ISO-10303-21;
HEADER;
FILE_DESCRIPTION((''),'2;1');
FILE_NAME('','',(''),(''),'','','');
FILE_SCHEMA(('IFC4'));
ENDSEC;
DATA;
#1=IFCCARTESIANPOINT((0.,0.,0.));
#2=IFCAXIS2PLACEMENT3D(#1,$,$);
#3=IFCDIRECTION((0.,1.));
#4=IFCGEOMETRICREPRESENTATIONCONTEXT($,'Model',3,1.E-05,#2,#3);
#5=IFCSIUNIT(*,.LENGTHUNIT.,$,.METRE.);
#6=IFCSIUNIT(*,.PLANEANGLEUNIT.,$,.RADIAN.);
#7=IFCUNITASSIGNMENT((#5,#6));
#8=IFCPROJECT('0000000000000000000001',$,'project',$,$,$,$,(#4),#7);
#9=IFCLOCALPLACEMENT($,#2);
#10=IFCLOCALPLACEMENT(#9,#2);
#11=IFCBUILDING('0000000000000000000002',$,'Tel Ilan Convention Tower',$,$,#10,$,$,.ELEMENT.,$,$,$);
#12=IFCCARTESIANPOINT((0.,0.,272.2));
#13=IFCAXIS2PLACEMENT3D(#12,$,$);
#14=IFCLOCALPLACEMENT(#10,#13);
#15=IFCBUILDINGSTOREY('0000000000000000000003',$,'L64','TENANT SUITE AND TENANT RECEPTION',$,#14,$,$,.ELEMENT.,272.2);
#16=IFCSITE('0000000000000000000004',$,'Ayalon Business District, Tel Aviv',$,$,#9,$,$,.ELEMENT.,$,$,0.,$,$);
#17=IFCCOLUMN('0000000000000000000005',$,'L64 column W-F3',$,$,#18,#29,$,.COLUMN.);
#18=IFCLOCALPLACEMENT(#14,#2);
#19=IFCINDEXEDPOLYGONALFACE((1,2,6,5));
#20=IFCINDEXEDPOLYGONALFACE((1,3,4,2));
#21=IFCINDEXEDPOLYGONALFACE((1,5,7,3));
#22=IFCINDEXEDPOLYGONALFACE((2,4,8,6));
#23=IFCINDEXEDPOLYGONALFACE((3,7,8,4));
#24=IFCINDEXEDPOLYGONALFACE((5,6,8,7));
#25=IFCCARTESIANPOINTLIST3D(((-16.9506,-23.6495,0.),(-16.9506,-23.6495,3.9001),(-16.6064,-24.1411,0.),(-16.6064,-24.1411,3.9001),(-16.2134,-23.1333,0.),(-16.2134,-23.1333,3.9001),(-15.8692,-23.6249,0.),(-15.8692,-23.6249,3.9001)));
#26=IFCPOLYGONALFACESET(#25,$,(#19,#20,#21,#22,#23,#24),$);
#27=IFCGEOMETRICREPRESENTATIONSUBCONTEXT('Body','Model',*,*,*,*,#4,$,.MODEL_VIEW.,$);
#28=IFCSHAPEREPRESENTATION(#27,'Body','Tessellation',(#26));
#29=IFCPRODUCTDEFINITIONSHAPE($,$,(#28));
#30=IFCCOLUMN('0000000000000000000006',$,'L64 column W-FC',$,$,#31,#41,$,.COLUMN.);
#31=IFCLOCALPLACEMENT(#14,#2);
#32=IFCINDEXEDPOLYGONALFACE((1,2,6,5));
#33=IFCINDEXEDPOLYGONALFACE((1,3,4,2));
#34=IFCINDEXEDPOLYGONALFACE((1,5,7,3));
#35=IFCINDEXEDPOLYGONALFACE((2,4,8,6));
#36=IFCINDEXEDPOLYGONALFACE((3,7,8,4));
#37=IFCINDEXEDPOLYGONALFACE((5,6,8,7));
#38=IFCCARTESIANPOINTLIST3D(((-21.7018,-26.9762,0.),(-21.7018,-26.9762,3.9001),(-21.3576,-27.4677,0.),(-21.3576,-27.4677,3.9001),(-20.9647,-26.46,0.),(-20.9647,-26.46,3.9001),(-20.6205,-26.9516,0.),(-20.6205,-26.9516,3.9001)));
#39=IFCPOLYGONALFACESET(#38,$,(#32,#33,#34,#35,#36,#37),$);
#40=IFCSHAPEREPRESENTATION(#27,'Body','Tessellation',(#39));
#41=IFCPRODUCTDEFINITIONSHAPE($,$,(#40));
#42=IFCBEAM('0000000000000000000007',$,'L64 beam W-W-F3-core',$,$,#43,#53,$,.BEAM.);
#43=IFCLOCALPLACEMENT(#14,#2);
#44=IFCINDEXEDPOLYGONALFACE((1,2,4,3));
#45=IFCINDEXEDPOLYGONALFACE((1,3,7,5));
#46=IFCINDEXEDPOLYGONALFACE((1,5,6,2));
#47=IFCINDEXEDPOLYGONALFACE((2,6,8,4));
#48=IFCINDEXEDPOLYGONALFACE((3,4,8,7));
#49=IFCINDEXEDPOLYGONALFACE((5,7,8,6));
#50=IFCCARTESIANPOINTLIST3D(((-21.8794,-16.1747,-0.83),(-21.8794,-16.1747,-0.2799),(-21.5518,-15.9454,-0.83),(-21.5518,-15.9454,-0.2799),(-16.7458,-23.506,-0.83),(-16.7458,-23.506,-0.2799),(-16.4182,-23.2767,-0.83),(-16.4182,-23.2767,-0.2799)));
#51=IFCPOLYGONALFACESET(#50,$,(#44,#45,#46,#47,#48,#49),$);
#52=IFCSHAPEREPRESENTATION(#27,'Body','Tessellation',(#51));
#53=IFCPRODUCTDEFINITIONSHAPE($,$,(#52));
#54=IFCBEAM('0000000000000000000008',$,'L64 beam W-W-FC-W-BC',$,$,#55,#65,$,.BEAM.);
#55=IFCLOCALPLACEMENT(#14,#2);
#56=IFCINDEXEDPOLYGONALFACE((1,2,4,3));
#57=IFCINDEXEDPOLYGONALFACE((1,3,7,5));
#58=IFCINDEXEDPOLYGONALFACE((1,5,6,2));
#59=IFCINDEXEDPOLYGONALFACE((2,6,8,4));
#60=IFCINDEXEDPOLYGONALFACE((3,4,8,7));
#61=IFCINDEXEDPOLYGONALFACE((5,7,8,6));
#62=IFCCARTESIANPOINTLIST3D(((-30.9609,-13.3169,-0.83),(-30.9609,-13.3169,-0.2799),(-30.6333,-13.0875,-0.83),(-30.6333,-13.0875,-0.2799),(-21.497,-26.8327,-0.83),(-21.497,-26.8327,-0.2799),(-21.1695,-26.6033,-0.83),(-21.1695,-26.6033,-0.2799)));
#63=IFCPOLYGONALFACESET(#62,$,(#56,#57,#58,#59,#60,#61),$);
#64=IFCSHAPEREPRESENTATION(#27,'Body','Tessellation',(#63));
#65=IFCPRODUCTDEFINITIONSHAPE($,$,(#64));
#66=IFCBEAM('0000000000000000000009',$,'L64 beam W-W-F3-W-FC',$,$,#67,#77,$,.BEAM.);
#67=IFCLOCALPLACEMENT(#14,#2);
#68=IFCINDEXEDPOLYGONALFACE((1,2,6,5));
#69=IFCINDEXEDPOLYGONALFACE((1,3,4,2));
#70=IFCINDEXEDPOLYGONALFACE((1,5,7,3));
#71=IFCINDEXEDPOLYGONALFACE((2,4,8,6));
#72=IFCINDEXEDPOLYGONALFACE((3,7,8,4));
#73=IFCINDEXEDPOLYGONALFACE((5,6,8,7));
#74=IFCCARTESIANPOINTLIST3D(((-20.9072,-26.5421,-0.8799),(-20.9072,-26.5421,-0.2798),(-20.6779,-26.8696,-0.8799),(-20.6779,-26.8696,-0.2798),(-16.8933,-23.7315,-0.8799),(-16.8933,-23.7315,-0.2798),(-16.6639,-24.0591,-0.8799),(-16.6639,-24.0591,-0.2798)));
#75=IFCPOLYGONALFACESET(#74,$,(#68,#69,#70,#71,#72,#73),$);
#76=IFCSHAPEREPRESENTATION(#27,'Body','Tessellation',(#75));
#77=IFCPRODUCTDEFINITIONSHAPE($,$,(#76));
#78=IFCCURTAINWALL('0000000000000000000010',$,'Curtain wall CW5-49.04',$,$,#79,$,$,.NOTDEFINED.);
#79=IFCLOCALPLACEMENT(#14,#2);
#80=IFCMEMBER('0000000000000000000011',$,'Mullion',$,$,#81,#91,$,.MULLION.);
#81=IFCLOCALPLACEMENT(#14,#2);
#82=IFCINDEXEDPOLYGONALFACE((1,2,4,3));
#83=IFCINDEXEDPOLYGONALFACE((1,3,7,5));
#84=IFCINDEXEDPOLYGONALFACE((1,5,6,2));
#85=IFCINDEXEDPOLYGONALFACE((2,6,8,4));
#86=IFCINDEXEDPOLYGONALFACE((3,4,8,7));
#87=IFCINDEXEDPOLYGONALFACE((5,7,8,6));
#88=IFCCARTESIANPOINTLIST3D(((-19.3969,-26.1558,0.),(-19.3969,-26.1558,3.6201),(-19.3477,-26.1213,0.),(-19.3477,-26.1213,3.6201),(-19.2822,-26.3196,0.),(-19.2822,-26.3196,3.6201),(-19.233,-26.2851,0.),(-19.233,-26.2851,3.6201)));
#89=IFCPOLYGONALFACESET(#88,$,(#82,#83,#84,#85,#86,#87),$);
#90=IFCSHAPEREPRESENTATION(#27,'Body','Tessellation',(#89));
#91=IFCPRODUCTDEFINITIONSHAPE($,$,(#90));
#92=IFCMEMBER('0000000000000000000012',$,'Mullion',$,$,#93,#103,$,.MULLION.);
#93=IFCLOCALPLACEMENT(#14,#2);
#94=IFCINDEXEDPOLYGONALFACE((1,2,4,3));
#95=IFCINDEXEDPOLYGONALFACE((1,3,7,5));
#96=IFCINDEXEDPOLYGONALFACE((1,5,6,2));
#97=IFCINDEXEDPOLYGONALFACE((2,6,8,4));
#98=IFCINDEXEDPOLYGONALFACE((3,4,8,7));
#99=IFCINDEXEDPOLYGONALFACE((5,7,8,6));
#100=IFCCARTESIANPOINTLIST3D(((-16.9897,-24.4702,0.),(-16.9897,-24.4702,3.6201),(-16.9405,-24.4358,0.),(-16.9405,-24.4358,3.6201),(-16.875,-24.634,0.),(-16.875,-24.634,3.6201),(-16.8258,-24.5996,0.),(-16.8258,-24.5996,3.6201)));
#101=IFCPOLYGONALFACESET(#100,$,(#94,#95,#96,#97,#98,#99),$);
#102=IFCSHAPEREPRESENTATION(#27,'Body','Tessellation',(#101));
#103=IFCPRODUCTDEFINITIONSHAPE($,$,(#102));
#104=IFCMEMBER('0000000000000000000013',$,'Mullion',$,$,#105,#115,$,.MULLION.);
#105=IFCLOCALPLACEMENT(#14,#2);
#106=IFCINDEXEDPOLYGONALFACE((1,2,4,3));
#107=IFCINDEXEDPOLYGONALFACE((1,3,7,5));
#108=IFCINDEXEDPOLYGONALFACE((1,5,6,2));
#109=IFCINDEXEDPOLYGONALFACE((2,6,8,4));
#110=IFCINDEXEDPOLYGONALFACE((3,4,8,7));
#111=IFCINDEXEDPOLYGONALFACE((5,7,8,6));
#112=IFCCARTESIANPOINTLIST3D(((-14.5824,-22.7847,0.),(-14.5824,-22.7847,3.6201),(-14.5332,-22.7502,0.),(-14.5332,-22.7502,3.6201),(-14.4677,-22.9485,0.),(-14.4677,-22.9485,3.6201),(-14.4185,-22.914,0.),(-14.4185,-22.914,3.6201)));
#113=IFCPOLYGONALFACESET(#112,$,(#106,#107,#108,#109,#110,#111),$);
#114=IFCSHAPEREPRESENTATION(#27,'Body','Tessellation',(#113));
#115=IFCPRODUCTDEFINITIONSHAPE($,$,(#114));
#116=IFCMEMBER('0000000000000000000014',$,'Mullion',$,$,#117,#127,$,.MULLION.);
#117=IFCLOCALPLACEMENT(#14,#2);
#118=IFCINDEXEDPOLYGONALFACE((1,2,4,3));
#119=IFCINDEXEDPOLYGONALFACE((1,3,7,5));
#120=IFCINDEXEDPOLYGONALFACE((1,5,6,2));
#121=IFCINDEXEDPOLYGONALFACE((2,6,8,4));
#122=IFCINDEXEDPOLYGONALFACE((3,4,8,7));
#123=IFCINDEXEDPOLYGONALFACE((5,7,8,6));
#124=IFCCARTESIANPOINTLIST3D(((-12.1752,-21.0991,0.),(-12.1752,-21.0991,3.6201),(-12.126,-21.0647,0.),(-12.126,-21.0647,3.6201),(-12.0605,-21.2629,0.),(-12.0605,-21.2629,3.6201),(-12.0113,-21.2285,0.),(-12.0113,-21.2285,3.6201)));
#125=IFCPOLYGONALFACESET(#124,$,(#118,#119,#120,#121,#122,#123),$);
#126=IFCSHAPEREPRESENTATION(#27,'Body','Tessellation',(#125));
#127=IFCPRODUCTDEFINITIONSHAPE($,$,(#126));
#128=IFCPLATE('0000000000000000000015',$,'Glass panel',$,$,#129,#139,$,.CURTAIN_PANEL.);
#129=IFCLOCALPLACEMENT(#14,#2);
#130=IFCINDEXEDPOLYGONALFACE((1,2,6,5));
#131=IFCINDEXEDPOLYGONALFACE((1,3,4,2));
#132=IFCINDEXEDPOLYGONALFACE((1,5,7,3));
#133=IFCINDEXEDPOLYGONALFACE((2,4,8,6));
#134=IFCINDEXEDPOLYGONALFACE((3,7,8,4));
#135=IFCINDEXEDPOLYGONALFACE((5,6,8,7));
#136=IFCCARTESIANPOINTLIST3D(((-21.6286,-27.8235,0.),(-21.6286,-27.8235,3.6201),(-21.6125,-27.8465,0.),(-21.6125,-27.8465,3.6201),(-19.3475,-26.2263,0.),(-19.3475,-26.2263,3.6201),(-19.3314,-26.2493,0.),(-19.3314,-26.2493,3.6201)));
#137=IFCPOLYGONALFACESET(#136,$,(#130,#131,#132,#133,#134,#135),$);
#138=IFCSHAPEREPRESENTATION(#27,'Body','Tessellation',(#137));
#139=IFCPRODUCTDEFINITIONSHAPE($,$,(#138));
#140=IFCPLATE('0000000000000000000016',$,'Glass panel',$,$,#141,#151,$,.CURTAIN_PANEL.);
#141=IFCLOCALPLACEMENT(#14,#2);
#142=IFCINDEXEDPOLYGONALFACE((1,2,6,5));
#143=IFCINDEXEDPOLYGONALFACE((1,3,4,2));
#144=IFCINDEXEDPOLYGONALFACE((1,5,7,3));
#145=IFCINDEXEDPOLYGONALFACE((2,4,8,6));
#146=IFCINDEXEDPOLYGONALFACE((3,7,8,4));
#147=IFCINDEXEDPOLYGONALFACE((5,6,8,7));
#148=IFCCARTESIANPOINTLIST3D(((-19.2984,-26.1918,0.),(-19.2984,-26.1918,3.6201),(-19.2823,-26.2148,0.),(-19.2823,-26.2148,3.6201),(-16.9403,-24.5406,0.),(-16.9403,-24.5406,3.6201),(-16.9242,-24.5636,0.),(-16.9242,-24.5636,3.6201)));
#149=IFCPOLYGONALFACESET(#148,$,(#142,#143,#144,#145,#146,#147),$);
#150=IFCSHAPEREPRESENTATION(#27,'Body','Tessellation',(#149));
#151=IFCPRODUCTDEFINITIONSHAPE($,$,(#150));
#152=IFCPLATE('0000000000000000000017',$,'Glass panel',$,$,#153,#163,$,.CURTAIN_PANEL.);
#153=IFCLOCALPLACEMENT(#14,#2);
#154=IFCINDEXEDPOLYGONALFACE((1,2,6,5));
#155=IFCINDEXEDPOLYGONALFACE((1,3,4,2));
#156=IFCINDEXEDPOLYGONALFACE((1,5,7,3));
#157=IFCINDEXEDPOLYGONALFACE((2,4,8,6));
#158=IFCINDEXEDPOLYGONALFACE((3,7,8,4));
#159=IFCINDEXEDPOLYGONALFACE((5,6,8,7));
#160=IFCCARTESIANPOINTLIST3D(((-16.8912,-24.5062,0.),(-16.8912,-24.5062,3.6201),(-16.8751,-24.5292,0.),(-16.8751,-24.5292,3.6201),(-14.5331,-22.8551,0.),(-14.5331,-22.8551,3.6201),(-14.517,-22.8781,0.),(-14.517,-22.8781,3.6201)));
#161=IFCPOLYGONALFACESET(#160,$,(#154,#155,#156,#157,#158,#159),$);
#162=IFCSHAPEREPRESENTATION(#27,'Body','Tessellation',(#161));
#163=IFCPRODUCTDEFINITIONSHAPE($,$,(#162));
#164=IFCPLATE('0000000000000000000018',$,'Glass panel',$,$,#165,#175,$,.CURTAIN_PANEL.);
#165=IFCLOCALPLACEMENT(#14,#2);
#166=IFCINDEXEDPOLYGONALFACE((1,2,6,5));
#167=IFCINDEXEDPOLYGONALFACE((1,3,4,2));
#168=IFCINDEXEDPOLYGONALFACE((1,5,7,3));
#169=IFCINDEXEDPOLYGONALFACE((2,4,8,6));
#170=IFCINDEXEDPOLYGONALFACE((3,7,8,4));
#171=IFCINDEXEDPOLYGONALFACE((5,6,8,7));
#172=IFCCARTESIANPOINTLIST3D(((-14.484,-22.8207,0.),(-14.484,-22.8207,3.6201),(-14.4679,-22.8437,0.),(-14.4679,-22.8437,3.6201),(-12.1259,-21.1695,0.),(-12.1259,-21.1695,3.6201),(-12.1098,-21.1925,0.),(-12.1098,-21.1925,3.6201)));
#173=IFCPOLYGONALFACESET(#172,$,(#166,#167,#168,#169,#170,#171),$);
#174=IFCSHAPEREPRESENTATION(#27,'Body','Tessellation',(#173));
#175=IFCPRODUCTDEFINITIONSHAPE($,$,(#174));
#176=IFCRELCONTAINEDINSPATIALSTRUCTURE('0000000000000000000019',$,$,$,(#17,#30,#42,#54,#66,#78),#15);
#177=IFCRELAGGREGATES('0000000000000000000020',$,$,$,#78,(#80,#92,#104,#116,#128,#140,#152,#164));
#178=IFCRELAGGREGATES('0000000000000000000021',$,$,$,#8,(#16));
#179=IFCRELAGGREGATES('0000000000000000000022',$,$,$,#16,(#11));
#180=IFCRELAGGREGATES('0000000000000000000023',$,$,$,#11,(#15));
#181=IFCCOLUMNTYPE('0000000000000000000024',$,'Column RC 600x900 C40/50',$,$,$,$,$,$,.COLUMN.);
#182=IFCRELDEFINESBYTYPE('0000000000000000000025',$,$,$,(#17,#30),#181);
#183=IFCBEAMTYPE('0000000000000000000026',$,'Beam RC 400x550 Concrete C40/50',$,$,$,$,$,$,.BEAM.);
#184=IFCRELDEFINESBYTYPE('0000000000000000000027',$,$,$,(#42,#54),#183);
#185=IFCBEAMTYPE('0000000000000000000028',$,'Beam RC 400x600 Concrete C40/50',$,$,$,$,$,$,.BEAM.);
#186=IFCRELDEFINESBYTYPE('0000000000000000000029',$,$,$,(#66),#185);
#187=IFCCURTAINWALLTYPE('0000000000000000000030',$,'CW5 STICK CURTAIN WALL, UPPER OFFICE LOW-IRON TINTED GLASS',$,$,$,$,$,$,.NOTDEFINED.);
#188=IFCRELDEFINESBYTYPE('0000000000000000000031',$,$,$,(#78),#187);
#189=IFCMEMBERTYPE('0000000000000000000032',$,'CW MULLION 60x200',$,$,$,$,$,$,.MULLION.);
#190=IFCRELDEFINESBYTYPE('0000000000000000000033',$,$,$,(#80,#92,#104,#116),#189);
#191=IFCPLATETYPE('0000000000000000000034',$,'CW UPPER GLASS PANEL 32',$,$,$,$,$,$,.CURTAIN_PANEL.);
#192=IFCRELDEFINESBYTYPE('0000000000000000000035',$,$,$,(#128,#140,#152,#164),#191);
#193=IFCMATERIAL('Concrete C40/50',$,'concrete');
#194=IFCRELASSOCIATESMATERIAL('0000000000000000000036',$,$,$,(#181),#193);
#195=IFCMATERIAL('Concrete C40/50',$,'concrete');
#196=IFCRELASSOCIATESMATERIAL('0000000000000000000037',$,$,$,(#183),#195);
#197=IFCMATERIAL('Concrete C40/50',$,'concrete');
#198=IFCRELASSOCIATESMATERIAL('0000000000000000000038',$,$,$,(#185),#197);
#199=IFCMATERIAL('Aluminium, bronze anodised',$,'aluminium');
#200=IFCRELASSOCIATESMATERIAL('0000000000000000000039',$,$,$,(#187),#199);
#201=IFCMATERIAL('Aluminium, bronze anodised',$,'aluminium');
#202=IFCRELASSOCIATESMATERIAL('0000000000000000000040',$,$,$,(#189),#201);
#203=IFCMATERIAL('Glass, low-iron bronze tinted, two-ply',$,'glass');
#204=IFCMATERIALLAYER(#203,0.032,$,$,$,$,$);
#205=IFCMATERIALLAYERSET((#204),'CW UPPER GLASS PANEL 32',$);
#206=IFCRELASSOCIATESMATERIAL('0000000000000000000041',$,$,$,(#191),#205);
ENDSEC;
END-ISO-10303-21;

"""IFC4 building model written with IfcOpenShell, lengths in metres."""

from ifc_helpers import new_model, si_unit, direction, frame, origin, origin_2d, place, context, subcontext, project, spatial, rectangle, extrude, material, layer, layer_set, material_profile, profile_set, type_object, element, aggregate, save


model = new_model("IFC4")

# Units and contexts
model_context = context("Model", 3, precision=1e-05, world=origin(), true_north=direction((0.0, 1.0)))
body_context = subcontext(model_context, "Body", "Model", "MODEL_VIEW")
ifc_project = project(units=[si_unit("LENGTHUNIT", "METRE"), si_unit("PLANEANGLEUNIT", "RADIAN")], contexts=[model_context])

# Site, building, storey
site_placement = place(None, origin())
site = spatial("IfcSite", under=ifc_project, at=site_placement, Name="Ayalon Business District, Tel Aviv", CompositionType="ELEMENT", RefElevation=0.0)
building_placement = place(site_placement, origin())
building = spatial("IfcBuilding", under=site, at=building_placement, Name="Tel Ilan Convention Tower", CompositionType="ELEMENT")
storey_placement = place(building_placement, frame((0.0, 0.0, 272.2)))
storey = spatial("IfcBuildingStorey", under=building, at=storey_placement, Name="L64", Description="TENANT SUITE AND TENANT RECEPTION", CompositionType="ELEMENT", Elevation=272.2)

# Columns
ifc_material_1 = material(Name="Concrete C40/50", Category="concrete")
ifc_material_profile_1 = material_profile(ifc_material_1, rectangle(XDim=0.8999, YDim=0.6001, at=origin_2d()), Name="RC 600x900")
ifc_profile_set_1 = profile_set([ifc_material_profile_1], Name="Concrete C40/50")
column_type = type_object("IfcColumnType", Name="Column RC 600x900 C40/50", PredefinedType="COLUMN", material=ifc_profile_set_1)
for number, where, z_axis, x_axis, name in (
    (1, (-16.4099, -23.6372, 0.0), (0.0, 0.0, 1.0), (-0.819152, -0.573576, 0.0), "L64 column W-F3"),
    (2, (-21.1611, -26.9639, 0.0), (0.0, 0.0, 1.0), (-0.819152, -0.573576, 0.0), "L64 column W-FC"),
):
    element("IfcColumn", number, at=place(storey_placement, frame(where, z_axis=z_axis, x_axis=x_axis)), inside=storey, type_object=column_type, Name=name, PredefinedType="COLUMN", context=body_context, shape_type="SweptSolid", body=[
        extrude(rectangle(XDim=0.8999, YDim=0.6001, at=origin_2d()), origin(), (0.0, 0.0, 1.0), 3.9001),
    ])

# Beams
ifc_material_2 = material(Name="Concrete C40/50", Category="concrete")
ifc_material_profile_2 = material_profile(ifc_material_2, rectangle(XDim=0.3999, YDim=0.55, at=origin_2d()), Name="RC 400x550")
ifc_profile_set_2 = profile_set([ifc_material_profile_2], Name="Concrete C40/50")
beam_type_1 = type_object("IfcBeamType", Name="Beam RC 400x550 Concrete C40/50", PredefinedType="BEAM", material=ifc_profile_set_2)
beam_1_placement = place(storey_placement, frame((-16.582, -23.3914, -0.5549), z_axis=(-0.573585, 0.819146, 0.0), x_axis=(-0.819146, -0.573585, 0.0)))
element("IfcBeam", 3, at=beam_1_placement, inside=storey, type_object=beam_type_1, Name="L64 beam W-W-F3-core", PredefinedType="BEAM", context=body_context, shape_type="SweptSolid", body=[
    extrude(rectangle(XDim=0.3999, YDim=0.55, at=origin_2d()), origin(), (0.0, 0.0, 1.0), 8.95),
])
beam_2_placement = place(storey_placement, frame((-21.3333, -26.718, -0.5549), z_axis=(-0.573575, 0.819153, 0.0), x_axis=(-0.819153, -0.573575, 0.0)))
element("IfcBeam", 4, at=beam_2_placement, inside=storey, type_object=beam_type_1, Name="L64 beam W-W-FC-W-BC", PredefinedType="BEAM", context=body_context, shape_type="SweptSolid", body=[
    extrude(rectangle(XDim=0.3999, YDim=0.55, at=origin_2d()), origin(), (0.0, 0.0, 1.0), 16.4998),
])
ifc_material_3 = material(Name="Concrete C40/50", Category="concrete")
ifc_material_profile_3 = material_profile(ifc_material_3, rectangle(XDim=0.3999, YDim=0.6001, at=origin_2d()), Name="RC 400x600")
ifc_profile_set_3 = profile_set([ifc_material_profile_3], Name="Concrete C40/50")
beam_type_2 = type_object("IfcBeamType", Name="Beam RC 400x600 Concrete C40/50", PredefinedType="BEAM", material=ifc_profile_set_3)
beam_3_placement = place(storey_placement, frame((-16.7786, -23.8953, -0.5798), z_axis=(-0.819155, -0.573573, 0.0), x_axis=(0.573573, -0.819155, 0.0)))
element("IfcBeam", 5, at=beam_3_placement, inside=storey, type_object=beam_type_2, Name="L64 beam W-W-F3-W-FC", PredefinedType="BEAM", context=body_context, shape_type="SweptSolid", body=[
    extrude(rectangle(XDim=0.3999, YDim=0.6001, at=origin_2d()), origin(), (0.0, 0.0, 1.0), 4.9001),
])

# Curtain wall, members, plates
ifc_material_4 = material(Name="Aluminium, bronze anodised", Category="aluminium")
curtain_wall_type = type_object("IfcCurtainWallType", Name="CW5 STICK CURTAIN WALL, UPPER OFFICE LOW-IRON TINTED GLASS", PredefinedType="NOTDEFINED", material=ifc_material_4)
curtain_wall_placement = place(storey_placement, origin())
curtain_wall = element("IfcCurtainWall", 6, at=curtain_wall_placement, inside=storey, type_object=curtain_wall_type, Name="Curtain wall CW5-49.04", PredefinedType="NOTDEFINED")
ifc_material_5 = material(Name="Aluminium, bronze anodised", Category="aluminium")
ifc_material_profile_4 = material_profile(ifc_material_5, rectangle(XDim=0.0601, YDim=0.2, at=origin_2d()), Name="CW MULLION 60x200")
ifc_profile_set_4 = profile_set([ifc_material_profile_4], Name="Aluminium, bronze anodised")
member_type = type_object("IfcMemberType", Name="CW MULLION 60x200", PredefinedType="MULLION", material=ifc_profile_set_4)
member_1_placement = place(storey_placement, frame((-19.3149, -26.2205, 0.0), z_axis=(0.0, 0.0, 1.0), x_axis=(0.819152, 0.573576, 0.0)))
member_1 = element("IfcMember", 7, at=member_1_placement, type_object=member_type, Name="Mullion", PredefinedType="MULLION", context=body_context, shape_type="SweptSolid", body=[
    extrude(rectangle(XDim=0.0601, YDim=0.2, at=origin_2d()), origin(), (0.0, 0.0, 1.0), 3.6201),
])
member_2_placement = place(storey_placement, frame((-16.9077, -24.5349, 0.0), z_axis=(0.0, 0.0, 1.0), x_axis=(0.819152, 0.573576, 0.0)))
member_2 = element("IfcMember", 8, at=member_2_placement, type_object=member_type, Name="Mullion", PredefinedType="MULLION", context=body_context, shape_type="SweptSolid", body=[
    extrude(rectangle(XDim=0.0601, YDim=0.2, at=origin_2d()), origin(), (0.0, 0.0, 1.0), 3.6201),
])
member_3_placement = place(storey_placement, frame((-14.5005, -22.8494, 0.0), z_axis=(0.0, 0.0, 1.0), x_axis=(0.819152, 0.573576, 0.0)))
member_3 = element("IfcMember", 9, at=member_3_placement, type_object=member_type, Name="Mullion", PredefinedType="MULLION", context=body_context, shape_type="SweptSolid", body=[
    extrude(rectangle(XDim=0.0601, YDim=0.2, at=origin_2d()), origin(), (0.0, 0.0, 1.0), 3.6201),
])
member_4_placement = place(storey_placement, frame((-12.0933, -21.1638, 0.0), z_axis=(0.0, 0.0, 1.0), x_axis=(0.819152, 0.573576, 0.0)))
member_4 = element("IfcMember", 10, at=member_4_placement, type_object=member_type, Name="Mullion", PredefinedType="MULLION", context=body_context, shape_type="SweptSolid", body=[
    extrude(rectangle(XDim=0.0601, YDim=0.2, at=origin_2d()), origin(), (0.0, 0.0, 1.0), 3.6201),
])
ifc_material_6 = material(Name="Glass, low-iron bronze tinted, two-ply", Category="glass")
ifc_layer_1 = layer(ifc_material_6, 0.032)
ifc_layer_set_1 = layer_set([ifc_layer_1], Name="CW UPPER GLASS PANEL 32")
plate_type = type_object("IfcPlateType", Name="CW UPPER GLASS PANEL 32", PredefinedType="CURTAIN_PANEL", material=ifc_layer_set_1)
plate_1_placement = place(storey_placement, frame((-20.48, -27.0364, 0.0), z_axis=(0.0, 0.0, 1.0), x_axis=(0.819152, 0.573576, 0.0)))
plate_1 = element("IfcPlate", 11, at=plate_1_placement, type_object=plate_type, Name="Glass panel", PredefinedType="CURTAIN_PANEL", context=body_context, shape_type="SweptSolid", body=[
    extrude(rectangle(XDim=2.7847, YDim=0.0281, at=origin_2d()), origin(), (0.0, 0.0, 1.0), 3.6201),
])
plate_2_placement = place(storey_placement, frame((-18.1113, -25.3777, 0.0), z_axis=(0.0, 0.0, 1.0), x_axis=(0.819152, 0.573576, 0.0)))
plate_2 = element("IfcPlate", 12, at=plate_2_placement, type_object=plate_type, Name="Glass panel", PredefinedType="CURTAIN_PANEL", context=body_context, shape_type="SweptSolid", body=[
    extrude(rectangle(XDim=2.8787, YDim=0.0281, at=origin_2d()), origin(), (0.0, 0.0, 1.0), 3.6201),
])
plate_3_placement = place(storey_placement, frame((-15.7041, -23.6921, 0.0), z_axis=(0.0, 0.0, 1.0), x_axis=(0.819152, 0.573576, 0.0)))
plate_3 = element("IfcPlate", 13, at=plate_3_placement, type_object=plate_type, Name="Glass panel", PredefinedType="CURTAIN_PANEL", context=body_context, shape_type="SweptSolid", body=[
    extrude(rectangle(XDim=2.8787, YDim=0.0281, at=origin_2d()), origin(), (0.0, 0.0, 1.0), 3.6201),
])
plate_4_placement = place(storey_placement, frame((-13.2969, -22.0066, 0.0), z_axis=(0.0, 0.0, 1.0), x_axis=(0.819152, 0.573576, 0.0)))
plate_4 = element("IfcPlate", 14, at=plate_4_placement, type_object=plate_type, Name="Glass panel", PredefinedType="CURTAIN_PANEL", context=body_context, shape_type="SweptSolid", body=[
    extrude(rectangle(XDim=2.8787, YDim=0.0281, at=origin_2d()), origin(), (0.0, 0.0, 1.0), 3.6201),
])
aggregate(curtain_wall, [member_1, member_2, member_3, member_4, plate_1, plate_2, plate_3, plate_4])

save(model, "model.ifc")
